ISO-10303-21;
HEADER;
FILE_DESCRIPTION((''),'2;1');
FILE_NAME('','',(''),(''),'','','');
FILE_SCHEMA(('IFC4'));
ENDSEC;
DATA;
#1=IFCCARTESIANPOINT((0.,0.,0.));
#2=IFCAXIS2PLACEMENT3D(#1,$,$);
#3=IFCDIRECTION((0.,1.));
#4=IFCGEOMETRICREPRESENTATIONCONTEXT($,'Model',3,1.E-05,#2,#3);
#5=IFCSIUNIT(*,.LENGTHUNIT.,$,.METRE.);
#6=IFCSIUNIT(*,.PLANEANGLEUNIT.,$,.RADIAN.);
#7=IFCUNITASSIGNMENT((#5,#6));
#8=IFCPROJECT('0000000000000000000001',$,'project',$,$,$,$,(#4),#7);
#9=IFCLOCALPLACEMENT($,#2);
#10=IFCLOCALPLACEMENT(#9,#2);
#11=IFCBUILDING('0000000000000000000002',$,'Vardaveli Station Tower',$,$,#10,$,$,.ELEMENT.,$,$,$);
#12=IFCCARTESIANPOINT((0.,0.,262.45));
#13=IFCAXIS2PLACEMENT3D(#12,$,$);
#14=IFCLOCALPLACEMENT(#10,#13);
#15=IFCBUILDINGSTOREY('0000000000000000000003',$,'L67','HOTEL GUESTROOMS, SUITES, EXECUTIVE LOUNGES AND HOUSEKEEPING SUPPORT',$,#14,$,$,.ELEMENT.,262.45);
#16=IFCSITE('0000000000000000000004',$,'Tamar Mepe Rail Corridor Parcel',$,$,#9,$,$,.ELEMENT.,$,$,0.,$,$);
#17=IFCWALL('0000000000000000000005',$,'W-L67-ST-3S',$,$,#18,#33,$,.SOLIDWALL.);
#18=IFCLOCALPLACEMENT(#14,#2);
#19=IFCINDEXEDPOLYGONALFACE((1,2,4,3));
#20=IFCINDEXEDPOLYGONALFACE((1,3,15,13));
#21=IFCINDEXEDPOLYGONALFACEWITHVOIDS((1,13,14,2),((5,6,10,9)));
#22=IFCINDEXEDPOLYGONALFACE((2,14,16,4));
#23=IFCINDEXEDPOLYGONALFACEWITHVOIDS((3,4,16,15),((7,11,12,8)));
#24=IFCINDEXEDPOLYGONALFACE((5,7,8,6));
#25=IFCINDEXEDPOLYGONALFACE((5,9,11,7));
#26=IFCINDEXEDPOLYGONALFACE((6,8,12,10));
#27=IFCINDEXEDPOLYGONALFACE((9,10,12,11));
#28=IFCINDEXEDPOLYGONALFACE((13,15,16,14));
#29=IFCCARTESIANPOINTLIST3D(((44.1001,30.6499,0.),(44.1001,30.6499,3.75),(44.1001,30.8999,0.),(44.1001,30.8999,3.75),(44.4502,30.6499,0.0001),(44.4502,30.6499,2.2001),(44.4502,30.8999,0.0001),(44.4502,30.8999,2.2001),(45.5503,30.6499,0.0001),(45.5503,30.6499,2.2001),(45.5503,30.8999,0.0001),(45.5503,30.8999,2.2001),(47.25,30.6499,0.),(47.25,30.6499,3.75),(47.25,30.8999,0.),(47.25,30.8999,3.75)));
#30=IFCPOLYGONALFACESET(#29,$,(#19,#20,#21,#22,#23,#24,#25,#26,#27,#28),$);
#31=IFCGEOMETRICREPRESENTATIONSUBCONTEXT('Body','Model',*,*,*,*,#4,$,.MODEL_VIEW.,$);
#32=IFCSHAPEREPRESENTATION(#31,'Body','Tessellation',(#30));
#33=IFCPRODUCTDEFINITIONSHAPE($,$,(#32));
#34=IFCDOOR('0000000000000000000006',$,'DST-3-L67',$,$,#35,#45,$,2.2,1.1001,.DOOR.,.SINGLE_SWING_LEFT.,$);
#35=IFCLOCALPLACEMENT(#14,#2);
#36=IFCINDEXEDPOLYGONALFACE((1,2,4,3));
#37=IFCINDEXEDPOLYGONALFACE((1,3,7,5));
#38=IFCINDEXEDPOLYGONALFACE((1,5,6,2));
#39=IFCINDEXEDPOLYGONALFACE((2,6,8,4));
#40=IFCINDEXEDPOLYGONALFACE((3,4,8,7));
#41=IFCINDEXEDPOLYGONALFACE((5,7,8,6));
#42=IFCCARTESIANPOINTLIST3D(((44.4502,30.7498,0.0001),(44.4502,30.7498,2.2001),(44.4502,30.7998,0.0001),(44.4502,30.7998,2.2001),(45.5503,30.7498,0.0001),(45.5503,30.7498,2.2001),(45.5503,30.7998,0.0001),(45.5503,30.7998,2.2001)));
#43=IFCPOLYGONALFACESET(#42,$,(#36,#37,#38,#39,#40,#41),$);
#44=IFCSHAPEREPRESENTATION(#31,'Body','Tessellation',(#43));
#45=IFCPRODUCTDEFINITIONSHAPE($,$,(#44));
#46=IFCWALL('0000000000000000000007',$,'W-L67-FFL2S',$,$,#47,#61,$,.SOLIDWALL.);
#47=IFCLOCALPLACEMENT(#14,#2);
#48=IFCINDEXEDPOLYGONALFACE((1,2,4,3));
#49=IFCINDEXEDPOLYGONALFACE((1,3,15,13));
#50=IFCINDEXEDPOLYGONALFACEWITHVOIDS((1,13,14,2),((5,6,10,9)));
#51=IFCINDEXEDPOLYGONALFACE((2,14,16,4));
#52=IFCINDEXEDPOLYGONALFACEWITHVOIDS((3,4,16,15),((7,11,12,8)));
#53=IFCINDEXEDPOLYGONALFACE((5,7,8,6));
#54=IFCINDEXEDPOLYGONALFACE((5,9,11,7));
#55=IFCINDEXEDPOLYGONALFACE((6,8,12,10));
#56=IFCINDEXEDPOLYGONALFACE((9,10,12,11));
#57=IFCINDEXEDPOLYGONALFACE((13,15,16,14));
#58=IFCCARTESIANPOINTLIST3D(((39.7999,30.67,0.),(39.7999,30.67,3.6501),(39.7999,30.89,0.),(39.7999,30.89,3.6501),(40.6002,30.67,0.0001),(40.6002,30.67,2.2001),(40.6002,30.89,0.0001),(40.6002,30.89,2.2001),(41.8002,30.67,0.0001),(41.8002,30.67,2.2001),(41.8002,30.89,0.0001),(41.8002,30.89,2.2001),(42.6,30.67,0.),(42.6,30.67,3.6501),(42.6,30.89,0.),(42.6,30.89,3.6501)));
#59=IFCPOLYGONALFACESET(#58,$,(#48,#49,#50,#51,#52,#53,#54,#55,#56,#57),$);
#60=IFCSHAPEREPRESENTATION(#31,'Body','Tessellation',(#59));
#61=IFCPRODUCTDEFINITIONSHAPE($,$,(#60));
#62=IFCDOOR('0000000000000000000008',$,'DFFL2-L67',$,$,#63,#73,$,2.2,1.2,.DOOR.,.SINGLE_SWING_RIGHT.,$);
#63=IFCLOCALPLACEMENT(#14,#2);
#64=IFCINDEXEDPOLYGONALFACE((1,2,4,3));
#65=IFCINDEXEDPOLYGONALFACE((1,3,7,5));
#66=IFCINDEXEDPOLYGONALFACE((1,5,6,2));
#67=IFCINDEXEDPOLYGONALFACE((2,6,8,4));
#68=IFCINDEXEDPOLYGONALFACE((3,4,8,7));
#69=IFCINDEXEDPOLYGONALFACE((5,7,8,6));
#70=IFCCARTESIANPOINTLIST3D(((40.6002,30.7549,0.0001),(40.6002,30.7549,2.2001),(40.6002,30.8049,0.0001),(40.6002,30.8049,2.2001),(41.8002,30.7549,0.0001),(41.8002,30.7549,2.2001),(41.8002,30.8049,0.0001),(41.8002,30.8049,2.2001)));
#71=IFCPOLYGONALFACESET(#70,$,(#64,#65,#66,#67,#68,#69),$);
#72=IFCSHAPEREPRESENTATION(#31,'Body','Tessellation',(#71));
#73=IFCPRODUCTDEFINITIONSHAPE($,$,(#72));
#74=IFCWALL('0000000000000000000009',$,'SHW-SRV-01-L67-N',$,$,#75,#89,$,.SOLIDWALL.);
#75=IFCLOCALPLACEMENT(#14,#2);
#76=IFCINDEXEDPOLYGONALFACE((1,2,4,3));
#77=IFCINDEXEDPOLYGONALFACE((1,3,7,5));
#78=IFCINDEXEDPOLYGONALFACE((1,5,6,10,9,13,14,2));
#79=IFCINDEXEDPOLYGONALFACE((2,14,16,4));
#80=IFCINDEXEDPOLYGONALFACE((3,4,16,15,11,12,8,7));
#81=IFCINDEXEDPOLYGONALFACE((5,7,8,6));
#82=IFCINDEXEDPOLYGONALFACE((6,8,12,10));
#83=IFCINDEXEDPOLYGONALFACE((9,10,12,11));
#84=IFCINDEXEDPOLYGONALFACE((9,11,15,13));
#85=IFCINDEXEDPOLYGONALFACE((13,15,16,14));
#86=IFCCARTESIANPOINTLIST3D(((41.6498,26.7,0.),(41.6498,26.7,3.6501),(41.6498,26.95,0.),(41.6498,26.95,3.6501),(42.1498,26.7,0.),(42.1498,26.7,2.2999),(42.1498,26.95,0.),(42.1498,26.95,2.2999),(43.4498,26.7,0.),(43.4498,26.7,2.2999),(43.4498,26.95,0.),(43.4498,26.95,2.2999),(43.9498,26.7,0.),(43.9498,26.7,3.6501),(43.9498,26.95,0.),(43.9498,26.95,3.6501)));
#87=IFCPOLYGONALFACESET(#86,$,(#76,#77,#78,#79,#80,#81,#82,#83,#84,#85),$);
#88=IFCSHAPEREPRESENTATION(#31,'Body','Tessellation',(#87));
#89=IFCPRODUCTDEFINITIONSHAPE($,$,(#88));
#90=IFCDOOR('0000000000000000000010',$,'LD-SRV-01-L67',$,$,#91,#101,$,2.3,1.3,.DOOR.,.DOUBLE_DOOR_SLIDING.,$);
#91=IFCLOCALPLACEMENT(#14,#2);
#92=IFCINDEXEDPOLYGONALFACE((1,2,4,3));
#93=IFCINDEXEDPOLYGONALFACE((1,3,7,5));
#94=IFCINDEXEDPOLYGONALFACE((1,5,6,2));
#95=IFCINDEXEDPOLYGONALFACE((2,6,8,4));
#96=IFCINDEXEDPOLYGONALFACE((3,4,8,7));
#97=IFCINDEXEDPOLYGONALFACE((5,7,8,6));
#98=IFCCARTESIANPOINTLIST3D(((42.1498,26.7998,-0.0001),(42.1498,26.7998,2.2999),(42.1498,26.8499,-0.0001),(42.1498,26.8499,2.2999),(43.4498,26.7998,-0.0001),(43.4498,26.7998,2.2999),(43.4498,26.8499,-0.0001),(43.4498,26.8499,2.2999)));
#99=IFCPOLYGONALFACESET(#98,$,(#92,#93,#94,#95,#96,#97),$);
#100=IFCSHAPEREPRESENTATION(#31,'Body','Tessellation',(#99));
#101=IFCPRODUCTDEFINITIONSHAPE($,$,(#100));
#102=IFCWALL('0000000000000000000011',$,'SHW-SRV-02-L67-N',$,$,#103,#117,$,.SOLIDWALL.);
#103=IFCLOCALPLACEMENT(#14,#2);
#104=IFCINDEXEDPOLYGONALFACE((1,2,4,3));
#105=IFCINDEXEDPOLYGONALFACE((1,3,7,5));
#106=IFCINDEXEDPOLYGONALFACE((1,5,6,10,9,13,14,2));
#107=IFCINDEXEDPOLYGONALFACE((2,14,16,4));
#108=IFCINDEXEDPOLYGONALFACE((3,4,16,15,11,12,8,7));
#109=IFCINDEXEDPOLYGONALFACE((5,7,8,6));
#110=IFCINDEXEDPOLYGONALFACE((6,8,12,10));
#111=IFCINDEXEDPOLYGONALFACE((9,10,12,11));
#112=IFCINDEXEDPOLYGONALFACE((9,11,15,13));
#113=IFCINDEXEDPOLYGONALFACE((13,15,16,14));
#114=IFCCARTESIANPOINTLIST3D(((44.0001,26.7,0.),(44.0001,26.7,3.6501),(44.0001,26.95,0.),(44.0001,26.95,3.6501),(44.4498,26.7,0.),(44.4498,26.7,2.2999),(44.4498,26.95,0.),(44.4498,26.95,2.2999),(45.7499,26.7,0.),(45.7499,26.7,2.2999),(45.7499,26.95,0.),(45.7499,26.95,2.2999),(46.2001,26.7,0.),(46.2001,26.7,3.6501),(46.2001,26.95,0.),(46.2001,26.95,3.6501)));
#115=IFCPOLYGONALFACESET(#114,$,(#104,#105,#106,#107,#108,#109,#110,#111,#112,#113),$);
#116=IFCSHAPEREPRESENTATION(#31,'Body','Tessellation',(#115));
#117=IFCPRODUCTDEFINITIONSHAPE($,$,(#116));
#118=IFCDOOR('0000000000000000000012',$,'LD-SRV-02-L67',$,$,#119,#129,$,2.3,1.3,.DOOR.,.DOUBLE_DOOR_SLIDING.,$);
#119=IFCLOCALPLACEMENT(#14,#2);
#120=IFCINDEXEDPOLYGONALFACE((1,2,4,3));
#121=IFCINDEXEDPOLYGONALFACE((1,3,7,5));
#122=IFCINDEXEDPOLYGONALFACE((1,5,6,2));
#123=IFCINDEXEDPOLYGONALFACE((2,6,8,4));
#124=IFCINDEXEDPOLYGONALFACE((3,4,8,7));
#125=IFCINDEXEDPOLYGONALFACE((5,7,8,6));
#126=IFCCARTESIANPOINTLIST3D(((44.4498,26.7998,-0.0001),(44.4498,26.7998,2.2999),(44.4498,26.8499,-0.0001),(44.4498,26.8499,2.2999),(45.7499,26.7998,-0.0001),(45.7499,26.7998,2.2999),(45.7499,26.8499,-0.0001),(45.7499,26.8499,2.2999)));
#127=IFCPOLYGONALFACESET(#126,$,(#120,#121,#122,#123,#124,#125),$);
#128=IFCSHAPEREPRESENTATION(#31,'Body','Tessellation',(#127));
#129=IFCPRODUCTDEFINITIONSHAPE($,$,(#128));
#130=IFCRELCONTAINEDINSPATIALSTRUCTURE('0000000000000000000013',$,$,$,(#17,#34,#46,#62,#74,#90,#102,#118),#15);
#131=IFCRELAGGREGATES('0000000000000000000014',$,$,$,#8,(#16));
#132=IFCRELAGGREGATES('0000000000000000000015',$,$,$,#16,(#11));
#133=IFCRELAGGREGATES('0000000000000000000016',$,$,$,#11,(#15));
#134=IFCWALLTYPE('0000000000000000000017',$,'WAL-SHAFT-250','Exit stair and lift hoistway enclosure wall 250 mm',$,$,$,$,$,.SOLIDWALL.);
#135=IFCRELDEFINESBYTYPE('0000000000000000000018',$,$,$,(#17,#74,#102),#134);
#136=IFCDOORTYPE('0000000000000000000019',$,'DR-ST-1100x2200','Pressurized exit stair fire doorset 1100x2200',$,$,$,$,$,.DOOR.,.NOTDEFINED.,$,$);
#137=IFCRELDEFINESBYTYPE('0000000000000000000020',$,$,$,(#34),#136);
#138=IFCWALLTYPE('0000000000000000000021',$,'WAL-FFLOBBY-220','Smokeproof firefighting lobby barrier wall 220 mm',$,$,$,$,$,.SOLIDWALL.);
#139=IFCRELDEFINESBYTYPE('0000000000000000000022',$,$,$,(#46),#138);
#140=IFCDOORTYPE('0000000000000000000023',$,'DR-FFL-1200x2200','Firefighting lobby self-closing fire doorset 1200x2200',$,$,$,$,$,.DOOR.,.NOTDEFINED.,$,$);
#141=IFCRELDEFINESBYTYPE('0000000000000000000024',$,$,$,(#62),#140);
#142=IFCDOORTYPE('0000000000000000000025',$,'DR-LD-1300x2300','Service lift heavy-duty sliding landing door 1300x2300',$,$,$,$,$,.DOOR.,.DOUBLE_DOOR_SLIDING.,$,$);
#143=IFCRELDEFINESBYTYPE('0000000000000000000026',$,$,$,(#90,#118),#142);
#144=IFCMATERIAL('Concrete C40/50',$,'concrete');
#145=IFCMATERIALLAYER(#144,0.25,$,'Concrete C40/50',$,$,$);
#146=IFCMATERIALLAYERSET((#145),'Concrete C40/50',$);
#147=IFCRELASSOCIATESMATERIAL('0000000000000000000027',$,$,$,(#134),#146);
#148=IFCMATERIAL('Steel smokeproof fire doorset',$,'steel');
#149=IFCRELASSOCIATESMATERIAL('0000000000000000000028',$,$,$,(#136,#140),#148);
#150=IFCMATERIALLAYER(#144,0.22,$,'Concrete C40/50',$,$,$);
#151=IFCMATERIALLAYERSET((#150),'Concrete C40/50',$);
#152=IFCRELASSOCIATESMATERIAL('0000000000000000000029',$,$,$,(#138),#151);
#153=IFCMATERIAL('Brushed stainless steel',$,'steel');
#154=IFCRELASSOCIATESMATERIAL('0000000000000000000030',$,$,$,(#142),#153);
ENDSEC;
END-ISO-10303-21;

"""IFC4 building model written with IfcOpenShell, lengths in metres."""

from ifc_helpers import new_model, si_unit, direction, frame, frame_2d, origin, place, context, subcontext, project, spatial, rectangle, extrude, source, transform, mapped, material, layer, layer_set, type_object, element, fill, save


model = new_model("IFC4")

# Units and contexts
model_context = context("Model", 3, precision=1e-05, world=origin(), true_north=direction((0.0, 1.0)))
body_context = subcontext(model_context, "Body", "Model", "MODEL_VIEW")
ifc_project = project(units=[si_unit("LENGTHUNIT", "METRE"), si_unit("PLANEANGLEUNIT", "RADIAN")], contexts=[model_context])

# Site, building, storey
site_placement = place(None, origin())
site = spatial("IfcSite", under=ifc_project, at=site_placement, Name="Tamar Mepe Rail Corridor Parcel", CompositionType="ELEMENT", RefElevation=0.0)
building_placement = place(site_placement, origin())
building = spatial("IfcBuilding", under=site, at=building_placement, Name="Vardaveli Station Tower", CompositionType="ELEMENT")
storey_placement = place(building_placement, frame((0.0, 0.0, 262.45)))
storey = spatial("IfcBuildingStorey", under=building, at=storey_placement, Name="L67", Description="HOTEL GUESTROOMS, SUITES, EXECUTIVE LOUNGES AND HOUSEKEEPING SUPPORT", CompositionType="ELEMENT", Elevation=262.45)

# Shared definitions
ifc_material_1 = material(Name="Concrete C40/50", Category="concrete")
ifc_layer_1 = layer(ifc_material_1, 0.25, Name="Concrete C40/50")
ifc_layer_set_1 = layer_set([ifc_layer_1], Name="Concrete C40/50")
wall_type_1 = type_object("IfcWallType", Name="WAL-SHAFT-250", Description="Exit stair and lift hoistway enclosure wall 250 mm", PredefinedType="SOLIDWALL", material=ifc_layer_set_1)

# Walls, openings, doors
shared_shape_1 = source(origin(), body_context, "Body", "SweptSolid", [
    extrude(rectangle(XDim=3.1499, YDim=0.25, at=frame_2d((1.575, 0.0))), origin(), (0.0, 0.0, 1.0), 3.75),
])
wall_1_placement = place(storey_placement, frame((44.1001, 30.7749, 0.0), z_axis=(0.0, 0.0, 1.0), x_axis=(1.0, 0.0, 0.0)))
wall_1 = element("IfcWall", 1, at=wall_1_placement, inside=storey, type_object=wall_type_1, Name="W-L67-ST-3S", PredefinedType="SOLIDWALL", context=body_context, shape_type="MappedRepresentation", body=[
    mapped(shared_shape_1, transform((0.0, 0.0, 0.0), scale=1.0)),
])
shared_shape_2 = source(origin(), body_context, "Body", "SweptSolid", [
    extrude(rectangle(XDim=1.1001, YDim=2.2, at=frame_2d((0.55, 1.1001))), frame((0.0, 0.135, 0.0), z_axis=(0.0, -1.0, 0.0), x_axis=(1.0, 0.0, 0.0)), (0.0, 0.0, 1.0), 0.27),
])
opening_1_placement = place(wall_1_placement, frame((0.3501, 0.0, 0.0)))
opening_1 = element("IfcOpeningElement", 2, at=opening_1_placement, cuts=wall_1, PredefinedType="OPENING", context=body_context, shape_type="MappedRepresentation", body=[
    mapped(shared_shape_2, transform((0.0, 0.0, 0.0), scale=1.0)),
])
ifc_material_2 = material(Name="Steel smokeproof fire doorset", Category="steel")
door_type_1 = type_object("IfcDoorType", Name="DR-ST-1100x2200", Description="Pressurized exit stair fire doorset 1100x2200", OperationType="NOTDEFINED", PredefinedType="DOOR", material=ifc_material_2)
shared_shape_3 = source(origin(), body_context, "Body", "SweptSolid", [
    extrude(rectangle(XDim=1.1001, YDim=2.2, at=frame_2d((0.55, 1.1001))), frame((0.0, 0.0249, 0.0), z_axis=(0.0, -1.0, 0.0), x_axis=(1.0, 0.0, 0.0)), (0.0, 0.0, 1.0), 0.05),
])
door_1_placement = place(opening_1_placement, origin())
door_1 = element("IfcDoor", 3, at=door_1_placement, inside=storey, type_object=door_type_1, Name="DST-3-L67", OperationType="SINGLE_SWING_LEFT", OverallHeight=2.2, OverallWidth=1.1001, PredefinedType="DOOR", context=body_context, shape_type="MappedRepresentation", body=[
    mapped(shared_shape_3, transform((0.0, 0.0, 0.0), scale=1.0)),
])
fill(opening_1, door_1)
ifc_layer_2 = layer(ifc_material_1, 0.22, Name="Concrete C40/50")
ifc_layer_set_2 = layer_set([ifc_layer_2], Name="Concrete C40/50")
wall_type_2 = type_object("IfcWallType", Name="WAL-FFLOBBY-220", Description="Smokeproof firefighting lobby barrier wall 220 mm", PredefinedType="SOLIDWALL", material=ifc_layer_set_2)
shared_shape_4 = source(origin(), body_context, "Body", "SweptSolid", [
    extrude(rectangle(XDim=2.8, YDim=0.22, at=frame_2d((1.3999, 0.0))), origin(), (0.0, 0.0, 1.0), 3.6501),
])
wall_2_placement = place(storey_placement, frame((39.8, 30.78, 0.0), z_axis=(0.0, 0.0, 1.0), x_axis=(1.0, 0.0, 0.0)))
wall_2 = element("IfcWall", 4, at=wall_2_placement, inside=storey, type_object=wall_type_2, Name="W-L67-FFL2S", PredefinedType="SOLIDWALL", context=body_context, shape_type="MappedRepresentation", body=[
    mapped(shared_shape_4, transform((0.0, 0.0, 0.0), scale=1.0)),
])
shared_shape_5 = source(origin(), body_context, "Body", "SweptSolid", [
    extrude(rectangle(XDim=1.2, YDim=2.2, at=frame_2d((0.6001, 1.1001))), frame((0.0, 0.1201, 0.0), z_axis=(0.0, -1.0, 0.0), x_axis=(1.0, 0.0, 0.0)), (0.0, 0.0, 1.0), 0.24),
])
opening_2_placement = place(wall_2_placement, frame((0.8, 0.0, 0.0)))
opening_2 = element("IfcOpeningElement", 5, at=opening_2_placement, cuts=wall_2, PredefinedType="OPENING", context=body_context, shape_type="MappedRepresentation", body=[
    mapped(shared_shape_5, transform((0.0, 0.0, 0.0), scale=1.0)),
])
door_type_2 = type_object("IfcDoorType", Name="DR-FFL-1200x2200", Description="Firefighting lobby self-closing fire doorset 1200x2200", OperationType="NOTDEFINED", PredefinedType="DOOR", material=ifc_material_2)
shared_shape_6 = source(origin(), body_context, "Body", "SweptSolid", [
    extrude(rectangle(XDim=1.2, YDim=2.2, at=frame_2d((0.6001, 1.1001))), frame((0.0, 0.0249, 0.0), z_axis=(0.0, -1.0, 0.0), x_axis=(1.0, 0.0, 0.0)), (0.0, 0.0, 1.0), 0.05),
])
door_2_placement = place(opening_2_placement, origin())
door_2 = element("IfcDoor", 6, at=door_2_placement, inside=storey, type_object=door_type_2, Name="DFFL2-L67", OperationType="SINGLE_SWING_RIGHT", OverallHeight=2.2, OverallWidth=1.2, PredefinedType="DOOR", context=body_context, shape_type="MappedRepresentation", body=[
    mapped(shared_shape_6, transform((0.0, 0.0, 0.0), scale=1.0)),
])
fill(opening_2, door_2)
shared_shape_7 = source(origin(), body_context, "Body", "SweptSolid", [
    extrude(rectangle(XDim=2.3, YDim=0.25, at=frame_2d((1.1499, 0.0))), origin(), (0.0, 0.0, 1.0), 3.6501),
])
wall_3_placement = place(storey_placement, frame((41.6499, 26.825, 0.0), z_axis=(0.0, 0.0, 1.0), x_axis=(1.0, 0.0, 0.0)))
wall_3 = element("IfcWall", 7, at=wall_3_placement, inside=storey, type_object=wall_type_1, Name="SHW-SRV-01-L67-N", PredefinedType="SOLIDWALL", context=body_context, shape_type="MappedRepresentation", body=[
    mapped(shared_shape_7, transform((0.0, 0.0, 0.0), scale=1.0)),
])
shared_shape_8 = source(origin(), body_context, "Body", "SweptSolid", [
    extrude(rectangle(XDim=1.3, YDim=2.3, at=frame_2d((0.6499, 1.1499))), frame((0.0, 0.135, 0.0), z_axis=(0.0, -1.0, 0.0), x_axis=(1.0, 0.0, 0.0)), (0.0, 0.0, 1.0), 0.27),
])
opening_3_placement = place(wall_3_placement, frame((0.5, 0.0, 0.0)))
opening_3 = element("IfcOpeningElement", 8, at=opening_3_placement, cuts=wall_3, PredefinedType="OPENING", context=body_context, shape_type="MappedRepresentation", body=[
    mapped(shared_shape_8, transform((0.0, 0.0, 0.0), scale=1.0)),
])
ifc_material_3 = material(Name="Brushed stainless steel", Category="steel")
door_type_3 = type_object("IfcDoorType", Name="DR-LD-1300x2300", Description="Service lift heavy-duty sliding landing door 1300x2300", OperationType="DOUBLE_DOOR_SLIDING", PredefinedType="DOOR", material=ifc_material_3)
shared_shape_9 = source(origin(), body_context, "Body", "SweptSolid", [
    extrude(rectangle(XDim=1.3, YDim=2.3, at=frame_2d((0.6499, 1.1499))), frame((0.0, 0.0249, 0.0), z_axis=(0.0, -1.0, 0.0), x_axis=(1.0, 0.0, 0.0)), (0.0, 0.0, 1.0), 0.05),
])
door_3_placement = place(opening_3_placement, origin())
door_3 = element("IfcDoor", 9, at=door_3_placement, inside=storey, type_object=door_type_3, Name="LD-SRV-01-L67", OperationType="DOUBLE_DOOR_SLIDING", OverallHeight=2.3, OverallWidth=1.3, PredefinedType="DOOR", context=body_context, shape_type="MappedRepresentation", body=[
    mapped(shared_shape_9, transform((0.0, 0.0, 0.0), scale=1.0)),
])
fill(opening_3, door_3)
shared_shape_10 = source(origin(), body_context, "Body", "SweptSolid", [
    extrude(rectangle(XDim=2.2, YDim=0.25, at=frame_2d((1.1001, 0.0))), origin(), (0.0, 0.0, 1.0), 3.6501),
])
wall_4_placement = place(storey_placement, frame((44.0, 26.825, 0.0), z_axis=(0.0, 0.0, 1.0), x_axis=(1.0, 0.0, 0.0)))
wall_4 = element("IfcWall", 10, at=wall_4_placement, inside=storey, type_object=wall_type_1, Name="SHW-SRV-02-L67-N", PredefinedType="SOLIDWALL", context=body_context, shape_type="MappedRepresentation", body=[
    mapped(shared_shape_10, transform((0.0, 0.0, 0.0), scale=1.0)),
])
opening_4_placement = place(wall_4_placement, frame((0.45, 0.0, 0.0)))
opening_4 = element("IfcOpeningElement", 11, at=opening_4_placement, cuts=wall_4, PredefinedType="OPENING", context=body_context, shape_type="MappedRepresentation", body=[
    mapped(shared_shape_8, transform((0.0, 0.0, 0.0), scale=1.0)),
])
door_4_placement = place(opening_4_placement, origin())
door_4 = element("IfcDoor", 12, at=door_4_placement, inside=storey, type_object=door_type_3, Name="LD-SRV-02-L67", OperationType="DOUBLE_DOOR_SLIDING", OverallHeight=2.3, OverallWidth=1.3, PredefinedType="DOOR", context=body_context, shape_type="MappedRepresentation", body=[
    mapped(shared_shape_9, transform((0.0, 0.0, 0.0), scale=1.0)),
])
fill(opening_4, door_4)

save(model, "model.ifc")
